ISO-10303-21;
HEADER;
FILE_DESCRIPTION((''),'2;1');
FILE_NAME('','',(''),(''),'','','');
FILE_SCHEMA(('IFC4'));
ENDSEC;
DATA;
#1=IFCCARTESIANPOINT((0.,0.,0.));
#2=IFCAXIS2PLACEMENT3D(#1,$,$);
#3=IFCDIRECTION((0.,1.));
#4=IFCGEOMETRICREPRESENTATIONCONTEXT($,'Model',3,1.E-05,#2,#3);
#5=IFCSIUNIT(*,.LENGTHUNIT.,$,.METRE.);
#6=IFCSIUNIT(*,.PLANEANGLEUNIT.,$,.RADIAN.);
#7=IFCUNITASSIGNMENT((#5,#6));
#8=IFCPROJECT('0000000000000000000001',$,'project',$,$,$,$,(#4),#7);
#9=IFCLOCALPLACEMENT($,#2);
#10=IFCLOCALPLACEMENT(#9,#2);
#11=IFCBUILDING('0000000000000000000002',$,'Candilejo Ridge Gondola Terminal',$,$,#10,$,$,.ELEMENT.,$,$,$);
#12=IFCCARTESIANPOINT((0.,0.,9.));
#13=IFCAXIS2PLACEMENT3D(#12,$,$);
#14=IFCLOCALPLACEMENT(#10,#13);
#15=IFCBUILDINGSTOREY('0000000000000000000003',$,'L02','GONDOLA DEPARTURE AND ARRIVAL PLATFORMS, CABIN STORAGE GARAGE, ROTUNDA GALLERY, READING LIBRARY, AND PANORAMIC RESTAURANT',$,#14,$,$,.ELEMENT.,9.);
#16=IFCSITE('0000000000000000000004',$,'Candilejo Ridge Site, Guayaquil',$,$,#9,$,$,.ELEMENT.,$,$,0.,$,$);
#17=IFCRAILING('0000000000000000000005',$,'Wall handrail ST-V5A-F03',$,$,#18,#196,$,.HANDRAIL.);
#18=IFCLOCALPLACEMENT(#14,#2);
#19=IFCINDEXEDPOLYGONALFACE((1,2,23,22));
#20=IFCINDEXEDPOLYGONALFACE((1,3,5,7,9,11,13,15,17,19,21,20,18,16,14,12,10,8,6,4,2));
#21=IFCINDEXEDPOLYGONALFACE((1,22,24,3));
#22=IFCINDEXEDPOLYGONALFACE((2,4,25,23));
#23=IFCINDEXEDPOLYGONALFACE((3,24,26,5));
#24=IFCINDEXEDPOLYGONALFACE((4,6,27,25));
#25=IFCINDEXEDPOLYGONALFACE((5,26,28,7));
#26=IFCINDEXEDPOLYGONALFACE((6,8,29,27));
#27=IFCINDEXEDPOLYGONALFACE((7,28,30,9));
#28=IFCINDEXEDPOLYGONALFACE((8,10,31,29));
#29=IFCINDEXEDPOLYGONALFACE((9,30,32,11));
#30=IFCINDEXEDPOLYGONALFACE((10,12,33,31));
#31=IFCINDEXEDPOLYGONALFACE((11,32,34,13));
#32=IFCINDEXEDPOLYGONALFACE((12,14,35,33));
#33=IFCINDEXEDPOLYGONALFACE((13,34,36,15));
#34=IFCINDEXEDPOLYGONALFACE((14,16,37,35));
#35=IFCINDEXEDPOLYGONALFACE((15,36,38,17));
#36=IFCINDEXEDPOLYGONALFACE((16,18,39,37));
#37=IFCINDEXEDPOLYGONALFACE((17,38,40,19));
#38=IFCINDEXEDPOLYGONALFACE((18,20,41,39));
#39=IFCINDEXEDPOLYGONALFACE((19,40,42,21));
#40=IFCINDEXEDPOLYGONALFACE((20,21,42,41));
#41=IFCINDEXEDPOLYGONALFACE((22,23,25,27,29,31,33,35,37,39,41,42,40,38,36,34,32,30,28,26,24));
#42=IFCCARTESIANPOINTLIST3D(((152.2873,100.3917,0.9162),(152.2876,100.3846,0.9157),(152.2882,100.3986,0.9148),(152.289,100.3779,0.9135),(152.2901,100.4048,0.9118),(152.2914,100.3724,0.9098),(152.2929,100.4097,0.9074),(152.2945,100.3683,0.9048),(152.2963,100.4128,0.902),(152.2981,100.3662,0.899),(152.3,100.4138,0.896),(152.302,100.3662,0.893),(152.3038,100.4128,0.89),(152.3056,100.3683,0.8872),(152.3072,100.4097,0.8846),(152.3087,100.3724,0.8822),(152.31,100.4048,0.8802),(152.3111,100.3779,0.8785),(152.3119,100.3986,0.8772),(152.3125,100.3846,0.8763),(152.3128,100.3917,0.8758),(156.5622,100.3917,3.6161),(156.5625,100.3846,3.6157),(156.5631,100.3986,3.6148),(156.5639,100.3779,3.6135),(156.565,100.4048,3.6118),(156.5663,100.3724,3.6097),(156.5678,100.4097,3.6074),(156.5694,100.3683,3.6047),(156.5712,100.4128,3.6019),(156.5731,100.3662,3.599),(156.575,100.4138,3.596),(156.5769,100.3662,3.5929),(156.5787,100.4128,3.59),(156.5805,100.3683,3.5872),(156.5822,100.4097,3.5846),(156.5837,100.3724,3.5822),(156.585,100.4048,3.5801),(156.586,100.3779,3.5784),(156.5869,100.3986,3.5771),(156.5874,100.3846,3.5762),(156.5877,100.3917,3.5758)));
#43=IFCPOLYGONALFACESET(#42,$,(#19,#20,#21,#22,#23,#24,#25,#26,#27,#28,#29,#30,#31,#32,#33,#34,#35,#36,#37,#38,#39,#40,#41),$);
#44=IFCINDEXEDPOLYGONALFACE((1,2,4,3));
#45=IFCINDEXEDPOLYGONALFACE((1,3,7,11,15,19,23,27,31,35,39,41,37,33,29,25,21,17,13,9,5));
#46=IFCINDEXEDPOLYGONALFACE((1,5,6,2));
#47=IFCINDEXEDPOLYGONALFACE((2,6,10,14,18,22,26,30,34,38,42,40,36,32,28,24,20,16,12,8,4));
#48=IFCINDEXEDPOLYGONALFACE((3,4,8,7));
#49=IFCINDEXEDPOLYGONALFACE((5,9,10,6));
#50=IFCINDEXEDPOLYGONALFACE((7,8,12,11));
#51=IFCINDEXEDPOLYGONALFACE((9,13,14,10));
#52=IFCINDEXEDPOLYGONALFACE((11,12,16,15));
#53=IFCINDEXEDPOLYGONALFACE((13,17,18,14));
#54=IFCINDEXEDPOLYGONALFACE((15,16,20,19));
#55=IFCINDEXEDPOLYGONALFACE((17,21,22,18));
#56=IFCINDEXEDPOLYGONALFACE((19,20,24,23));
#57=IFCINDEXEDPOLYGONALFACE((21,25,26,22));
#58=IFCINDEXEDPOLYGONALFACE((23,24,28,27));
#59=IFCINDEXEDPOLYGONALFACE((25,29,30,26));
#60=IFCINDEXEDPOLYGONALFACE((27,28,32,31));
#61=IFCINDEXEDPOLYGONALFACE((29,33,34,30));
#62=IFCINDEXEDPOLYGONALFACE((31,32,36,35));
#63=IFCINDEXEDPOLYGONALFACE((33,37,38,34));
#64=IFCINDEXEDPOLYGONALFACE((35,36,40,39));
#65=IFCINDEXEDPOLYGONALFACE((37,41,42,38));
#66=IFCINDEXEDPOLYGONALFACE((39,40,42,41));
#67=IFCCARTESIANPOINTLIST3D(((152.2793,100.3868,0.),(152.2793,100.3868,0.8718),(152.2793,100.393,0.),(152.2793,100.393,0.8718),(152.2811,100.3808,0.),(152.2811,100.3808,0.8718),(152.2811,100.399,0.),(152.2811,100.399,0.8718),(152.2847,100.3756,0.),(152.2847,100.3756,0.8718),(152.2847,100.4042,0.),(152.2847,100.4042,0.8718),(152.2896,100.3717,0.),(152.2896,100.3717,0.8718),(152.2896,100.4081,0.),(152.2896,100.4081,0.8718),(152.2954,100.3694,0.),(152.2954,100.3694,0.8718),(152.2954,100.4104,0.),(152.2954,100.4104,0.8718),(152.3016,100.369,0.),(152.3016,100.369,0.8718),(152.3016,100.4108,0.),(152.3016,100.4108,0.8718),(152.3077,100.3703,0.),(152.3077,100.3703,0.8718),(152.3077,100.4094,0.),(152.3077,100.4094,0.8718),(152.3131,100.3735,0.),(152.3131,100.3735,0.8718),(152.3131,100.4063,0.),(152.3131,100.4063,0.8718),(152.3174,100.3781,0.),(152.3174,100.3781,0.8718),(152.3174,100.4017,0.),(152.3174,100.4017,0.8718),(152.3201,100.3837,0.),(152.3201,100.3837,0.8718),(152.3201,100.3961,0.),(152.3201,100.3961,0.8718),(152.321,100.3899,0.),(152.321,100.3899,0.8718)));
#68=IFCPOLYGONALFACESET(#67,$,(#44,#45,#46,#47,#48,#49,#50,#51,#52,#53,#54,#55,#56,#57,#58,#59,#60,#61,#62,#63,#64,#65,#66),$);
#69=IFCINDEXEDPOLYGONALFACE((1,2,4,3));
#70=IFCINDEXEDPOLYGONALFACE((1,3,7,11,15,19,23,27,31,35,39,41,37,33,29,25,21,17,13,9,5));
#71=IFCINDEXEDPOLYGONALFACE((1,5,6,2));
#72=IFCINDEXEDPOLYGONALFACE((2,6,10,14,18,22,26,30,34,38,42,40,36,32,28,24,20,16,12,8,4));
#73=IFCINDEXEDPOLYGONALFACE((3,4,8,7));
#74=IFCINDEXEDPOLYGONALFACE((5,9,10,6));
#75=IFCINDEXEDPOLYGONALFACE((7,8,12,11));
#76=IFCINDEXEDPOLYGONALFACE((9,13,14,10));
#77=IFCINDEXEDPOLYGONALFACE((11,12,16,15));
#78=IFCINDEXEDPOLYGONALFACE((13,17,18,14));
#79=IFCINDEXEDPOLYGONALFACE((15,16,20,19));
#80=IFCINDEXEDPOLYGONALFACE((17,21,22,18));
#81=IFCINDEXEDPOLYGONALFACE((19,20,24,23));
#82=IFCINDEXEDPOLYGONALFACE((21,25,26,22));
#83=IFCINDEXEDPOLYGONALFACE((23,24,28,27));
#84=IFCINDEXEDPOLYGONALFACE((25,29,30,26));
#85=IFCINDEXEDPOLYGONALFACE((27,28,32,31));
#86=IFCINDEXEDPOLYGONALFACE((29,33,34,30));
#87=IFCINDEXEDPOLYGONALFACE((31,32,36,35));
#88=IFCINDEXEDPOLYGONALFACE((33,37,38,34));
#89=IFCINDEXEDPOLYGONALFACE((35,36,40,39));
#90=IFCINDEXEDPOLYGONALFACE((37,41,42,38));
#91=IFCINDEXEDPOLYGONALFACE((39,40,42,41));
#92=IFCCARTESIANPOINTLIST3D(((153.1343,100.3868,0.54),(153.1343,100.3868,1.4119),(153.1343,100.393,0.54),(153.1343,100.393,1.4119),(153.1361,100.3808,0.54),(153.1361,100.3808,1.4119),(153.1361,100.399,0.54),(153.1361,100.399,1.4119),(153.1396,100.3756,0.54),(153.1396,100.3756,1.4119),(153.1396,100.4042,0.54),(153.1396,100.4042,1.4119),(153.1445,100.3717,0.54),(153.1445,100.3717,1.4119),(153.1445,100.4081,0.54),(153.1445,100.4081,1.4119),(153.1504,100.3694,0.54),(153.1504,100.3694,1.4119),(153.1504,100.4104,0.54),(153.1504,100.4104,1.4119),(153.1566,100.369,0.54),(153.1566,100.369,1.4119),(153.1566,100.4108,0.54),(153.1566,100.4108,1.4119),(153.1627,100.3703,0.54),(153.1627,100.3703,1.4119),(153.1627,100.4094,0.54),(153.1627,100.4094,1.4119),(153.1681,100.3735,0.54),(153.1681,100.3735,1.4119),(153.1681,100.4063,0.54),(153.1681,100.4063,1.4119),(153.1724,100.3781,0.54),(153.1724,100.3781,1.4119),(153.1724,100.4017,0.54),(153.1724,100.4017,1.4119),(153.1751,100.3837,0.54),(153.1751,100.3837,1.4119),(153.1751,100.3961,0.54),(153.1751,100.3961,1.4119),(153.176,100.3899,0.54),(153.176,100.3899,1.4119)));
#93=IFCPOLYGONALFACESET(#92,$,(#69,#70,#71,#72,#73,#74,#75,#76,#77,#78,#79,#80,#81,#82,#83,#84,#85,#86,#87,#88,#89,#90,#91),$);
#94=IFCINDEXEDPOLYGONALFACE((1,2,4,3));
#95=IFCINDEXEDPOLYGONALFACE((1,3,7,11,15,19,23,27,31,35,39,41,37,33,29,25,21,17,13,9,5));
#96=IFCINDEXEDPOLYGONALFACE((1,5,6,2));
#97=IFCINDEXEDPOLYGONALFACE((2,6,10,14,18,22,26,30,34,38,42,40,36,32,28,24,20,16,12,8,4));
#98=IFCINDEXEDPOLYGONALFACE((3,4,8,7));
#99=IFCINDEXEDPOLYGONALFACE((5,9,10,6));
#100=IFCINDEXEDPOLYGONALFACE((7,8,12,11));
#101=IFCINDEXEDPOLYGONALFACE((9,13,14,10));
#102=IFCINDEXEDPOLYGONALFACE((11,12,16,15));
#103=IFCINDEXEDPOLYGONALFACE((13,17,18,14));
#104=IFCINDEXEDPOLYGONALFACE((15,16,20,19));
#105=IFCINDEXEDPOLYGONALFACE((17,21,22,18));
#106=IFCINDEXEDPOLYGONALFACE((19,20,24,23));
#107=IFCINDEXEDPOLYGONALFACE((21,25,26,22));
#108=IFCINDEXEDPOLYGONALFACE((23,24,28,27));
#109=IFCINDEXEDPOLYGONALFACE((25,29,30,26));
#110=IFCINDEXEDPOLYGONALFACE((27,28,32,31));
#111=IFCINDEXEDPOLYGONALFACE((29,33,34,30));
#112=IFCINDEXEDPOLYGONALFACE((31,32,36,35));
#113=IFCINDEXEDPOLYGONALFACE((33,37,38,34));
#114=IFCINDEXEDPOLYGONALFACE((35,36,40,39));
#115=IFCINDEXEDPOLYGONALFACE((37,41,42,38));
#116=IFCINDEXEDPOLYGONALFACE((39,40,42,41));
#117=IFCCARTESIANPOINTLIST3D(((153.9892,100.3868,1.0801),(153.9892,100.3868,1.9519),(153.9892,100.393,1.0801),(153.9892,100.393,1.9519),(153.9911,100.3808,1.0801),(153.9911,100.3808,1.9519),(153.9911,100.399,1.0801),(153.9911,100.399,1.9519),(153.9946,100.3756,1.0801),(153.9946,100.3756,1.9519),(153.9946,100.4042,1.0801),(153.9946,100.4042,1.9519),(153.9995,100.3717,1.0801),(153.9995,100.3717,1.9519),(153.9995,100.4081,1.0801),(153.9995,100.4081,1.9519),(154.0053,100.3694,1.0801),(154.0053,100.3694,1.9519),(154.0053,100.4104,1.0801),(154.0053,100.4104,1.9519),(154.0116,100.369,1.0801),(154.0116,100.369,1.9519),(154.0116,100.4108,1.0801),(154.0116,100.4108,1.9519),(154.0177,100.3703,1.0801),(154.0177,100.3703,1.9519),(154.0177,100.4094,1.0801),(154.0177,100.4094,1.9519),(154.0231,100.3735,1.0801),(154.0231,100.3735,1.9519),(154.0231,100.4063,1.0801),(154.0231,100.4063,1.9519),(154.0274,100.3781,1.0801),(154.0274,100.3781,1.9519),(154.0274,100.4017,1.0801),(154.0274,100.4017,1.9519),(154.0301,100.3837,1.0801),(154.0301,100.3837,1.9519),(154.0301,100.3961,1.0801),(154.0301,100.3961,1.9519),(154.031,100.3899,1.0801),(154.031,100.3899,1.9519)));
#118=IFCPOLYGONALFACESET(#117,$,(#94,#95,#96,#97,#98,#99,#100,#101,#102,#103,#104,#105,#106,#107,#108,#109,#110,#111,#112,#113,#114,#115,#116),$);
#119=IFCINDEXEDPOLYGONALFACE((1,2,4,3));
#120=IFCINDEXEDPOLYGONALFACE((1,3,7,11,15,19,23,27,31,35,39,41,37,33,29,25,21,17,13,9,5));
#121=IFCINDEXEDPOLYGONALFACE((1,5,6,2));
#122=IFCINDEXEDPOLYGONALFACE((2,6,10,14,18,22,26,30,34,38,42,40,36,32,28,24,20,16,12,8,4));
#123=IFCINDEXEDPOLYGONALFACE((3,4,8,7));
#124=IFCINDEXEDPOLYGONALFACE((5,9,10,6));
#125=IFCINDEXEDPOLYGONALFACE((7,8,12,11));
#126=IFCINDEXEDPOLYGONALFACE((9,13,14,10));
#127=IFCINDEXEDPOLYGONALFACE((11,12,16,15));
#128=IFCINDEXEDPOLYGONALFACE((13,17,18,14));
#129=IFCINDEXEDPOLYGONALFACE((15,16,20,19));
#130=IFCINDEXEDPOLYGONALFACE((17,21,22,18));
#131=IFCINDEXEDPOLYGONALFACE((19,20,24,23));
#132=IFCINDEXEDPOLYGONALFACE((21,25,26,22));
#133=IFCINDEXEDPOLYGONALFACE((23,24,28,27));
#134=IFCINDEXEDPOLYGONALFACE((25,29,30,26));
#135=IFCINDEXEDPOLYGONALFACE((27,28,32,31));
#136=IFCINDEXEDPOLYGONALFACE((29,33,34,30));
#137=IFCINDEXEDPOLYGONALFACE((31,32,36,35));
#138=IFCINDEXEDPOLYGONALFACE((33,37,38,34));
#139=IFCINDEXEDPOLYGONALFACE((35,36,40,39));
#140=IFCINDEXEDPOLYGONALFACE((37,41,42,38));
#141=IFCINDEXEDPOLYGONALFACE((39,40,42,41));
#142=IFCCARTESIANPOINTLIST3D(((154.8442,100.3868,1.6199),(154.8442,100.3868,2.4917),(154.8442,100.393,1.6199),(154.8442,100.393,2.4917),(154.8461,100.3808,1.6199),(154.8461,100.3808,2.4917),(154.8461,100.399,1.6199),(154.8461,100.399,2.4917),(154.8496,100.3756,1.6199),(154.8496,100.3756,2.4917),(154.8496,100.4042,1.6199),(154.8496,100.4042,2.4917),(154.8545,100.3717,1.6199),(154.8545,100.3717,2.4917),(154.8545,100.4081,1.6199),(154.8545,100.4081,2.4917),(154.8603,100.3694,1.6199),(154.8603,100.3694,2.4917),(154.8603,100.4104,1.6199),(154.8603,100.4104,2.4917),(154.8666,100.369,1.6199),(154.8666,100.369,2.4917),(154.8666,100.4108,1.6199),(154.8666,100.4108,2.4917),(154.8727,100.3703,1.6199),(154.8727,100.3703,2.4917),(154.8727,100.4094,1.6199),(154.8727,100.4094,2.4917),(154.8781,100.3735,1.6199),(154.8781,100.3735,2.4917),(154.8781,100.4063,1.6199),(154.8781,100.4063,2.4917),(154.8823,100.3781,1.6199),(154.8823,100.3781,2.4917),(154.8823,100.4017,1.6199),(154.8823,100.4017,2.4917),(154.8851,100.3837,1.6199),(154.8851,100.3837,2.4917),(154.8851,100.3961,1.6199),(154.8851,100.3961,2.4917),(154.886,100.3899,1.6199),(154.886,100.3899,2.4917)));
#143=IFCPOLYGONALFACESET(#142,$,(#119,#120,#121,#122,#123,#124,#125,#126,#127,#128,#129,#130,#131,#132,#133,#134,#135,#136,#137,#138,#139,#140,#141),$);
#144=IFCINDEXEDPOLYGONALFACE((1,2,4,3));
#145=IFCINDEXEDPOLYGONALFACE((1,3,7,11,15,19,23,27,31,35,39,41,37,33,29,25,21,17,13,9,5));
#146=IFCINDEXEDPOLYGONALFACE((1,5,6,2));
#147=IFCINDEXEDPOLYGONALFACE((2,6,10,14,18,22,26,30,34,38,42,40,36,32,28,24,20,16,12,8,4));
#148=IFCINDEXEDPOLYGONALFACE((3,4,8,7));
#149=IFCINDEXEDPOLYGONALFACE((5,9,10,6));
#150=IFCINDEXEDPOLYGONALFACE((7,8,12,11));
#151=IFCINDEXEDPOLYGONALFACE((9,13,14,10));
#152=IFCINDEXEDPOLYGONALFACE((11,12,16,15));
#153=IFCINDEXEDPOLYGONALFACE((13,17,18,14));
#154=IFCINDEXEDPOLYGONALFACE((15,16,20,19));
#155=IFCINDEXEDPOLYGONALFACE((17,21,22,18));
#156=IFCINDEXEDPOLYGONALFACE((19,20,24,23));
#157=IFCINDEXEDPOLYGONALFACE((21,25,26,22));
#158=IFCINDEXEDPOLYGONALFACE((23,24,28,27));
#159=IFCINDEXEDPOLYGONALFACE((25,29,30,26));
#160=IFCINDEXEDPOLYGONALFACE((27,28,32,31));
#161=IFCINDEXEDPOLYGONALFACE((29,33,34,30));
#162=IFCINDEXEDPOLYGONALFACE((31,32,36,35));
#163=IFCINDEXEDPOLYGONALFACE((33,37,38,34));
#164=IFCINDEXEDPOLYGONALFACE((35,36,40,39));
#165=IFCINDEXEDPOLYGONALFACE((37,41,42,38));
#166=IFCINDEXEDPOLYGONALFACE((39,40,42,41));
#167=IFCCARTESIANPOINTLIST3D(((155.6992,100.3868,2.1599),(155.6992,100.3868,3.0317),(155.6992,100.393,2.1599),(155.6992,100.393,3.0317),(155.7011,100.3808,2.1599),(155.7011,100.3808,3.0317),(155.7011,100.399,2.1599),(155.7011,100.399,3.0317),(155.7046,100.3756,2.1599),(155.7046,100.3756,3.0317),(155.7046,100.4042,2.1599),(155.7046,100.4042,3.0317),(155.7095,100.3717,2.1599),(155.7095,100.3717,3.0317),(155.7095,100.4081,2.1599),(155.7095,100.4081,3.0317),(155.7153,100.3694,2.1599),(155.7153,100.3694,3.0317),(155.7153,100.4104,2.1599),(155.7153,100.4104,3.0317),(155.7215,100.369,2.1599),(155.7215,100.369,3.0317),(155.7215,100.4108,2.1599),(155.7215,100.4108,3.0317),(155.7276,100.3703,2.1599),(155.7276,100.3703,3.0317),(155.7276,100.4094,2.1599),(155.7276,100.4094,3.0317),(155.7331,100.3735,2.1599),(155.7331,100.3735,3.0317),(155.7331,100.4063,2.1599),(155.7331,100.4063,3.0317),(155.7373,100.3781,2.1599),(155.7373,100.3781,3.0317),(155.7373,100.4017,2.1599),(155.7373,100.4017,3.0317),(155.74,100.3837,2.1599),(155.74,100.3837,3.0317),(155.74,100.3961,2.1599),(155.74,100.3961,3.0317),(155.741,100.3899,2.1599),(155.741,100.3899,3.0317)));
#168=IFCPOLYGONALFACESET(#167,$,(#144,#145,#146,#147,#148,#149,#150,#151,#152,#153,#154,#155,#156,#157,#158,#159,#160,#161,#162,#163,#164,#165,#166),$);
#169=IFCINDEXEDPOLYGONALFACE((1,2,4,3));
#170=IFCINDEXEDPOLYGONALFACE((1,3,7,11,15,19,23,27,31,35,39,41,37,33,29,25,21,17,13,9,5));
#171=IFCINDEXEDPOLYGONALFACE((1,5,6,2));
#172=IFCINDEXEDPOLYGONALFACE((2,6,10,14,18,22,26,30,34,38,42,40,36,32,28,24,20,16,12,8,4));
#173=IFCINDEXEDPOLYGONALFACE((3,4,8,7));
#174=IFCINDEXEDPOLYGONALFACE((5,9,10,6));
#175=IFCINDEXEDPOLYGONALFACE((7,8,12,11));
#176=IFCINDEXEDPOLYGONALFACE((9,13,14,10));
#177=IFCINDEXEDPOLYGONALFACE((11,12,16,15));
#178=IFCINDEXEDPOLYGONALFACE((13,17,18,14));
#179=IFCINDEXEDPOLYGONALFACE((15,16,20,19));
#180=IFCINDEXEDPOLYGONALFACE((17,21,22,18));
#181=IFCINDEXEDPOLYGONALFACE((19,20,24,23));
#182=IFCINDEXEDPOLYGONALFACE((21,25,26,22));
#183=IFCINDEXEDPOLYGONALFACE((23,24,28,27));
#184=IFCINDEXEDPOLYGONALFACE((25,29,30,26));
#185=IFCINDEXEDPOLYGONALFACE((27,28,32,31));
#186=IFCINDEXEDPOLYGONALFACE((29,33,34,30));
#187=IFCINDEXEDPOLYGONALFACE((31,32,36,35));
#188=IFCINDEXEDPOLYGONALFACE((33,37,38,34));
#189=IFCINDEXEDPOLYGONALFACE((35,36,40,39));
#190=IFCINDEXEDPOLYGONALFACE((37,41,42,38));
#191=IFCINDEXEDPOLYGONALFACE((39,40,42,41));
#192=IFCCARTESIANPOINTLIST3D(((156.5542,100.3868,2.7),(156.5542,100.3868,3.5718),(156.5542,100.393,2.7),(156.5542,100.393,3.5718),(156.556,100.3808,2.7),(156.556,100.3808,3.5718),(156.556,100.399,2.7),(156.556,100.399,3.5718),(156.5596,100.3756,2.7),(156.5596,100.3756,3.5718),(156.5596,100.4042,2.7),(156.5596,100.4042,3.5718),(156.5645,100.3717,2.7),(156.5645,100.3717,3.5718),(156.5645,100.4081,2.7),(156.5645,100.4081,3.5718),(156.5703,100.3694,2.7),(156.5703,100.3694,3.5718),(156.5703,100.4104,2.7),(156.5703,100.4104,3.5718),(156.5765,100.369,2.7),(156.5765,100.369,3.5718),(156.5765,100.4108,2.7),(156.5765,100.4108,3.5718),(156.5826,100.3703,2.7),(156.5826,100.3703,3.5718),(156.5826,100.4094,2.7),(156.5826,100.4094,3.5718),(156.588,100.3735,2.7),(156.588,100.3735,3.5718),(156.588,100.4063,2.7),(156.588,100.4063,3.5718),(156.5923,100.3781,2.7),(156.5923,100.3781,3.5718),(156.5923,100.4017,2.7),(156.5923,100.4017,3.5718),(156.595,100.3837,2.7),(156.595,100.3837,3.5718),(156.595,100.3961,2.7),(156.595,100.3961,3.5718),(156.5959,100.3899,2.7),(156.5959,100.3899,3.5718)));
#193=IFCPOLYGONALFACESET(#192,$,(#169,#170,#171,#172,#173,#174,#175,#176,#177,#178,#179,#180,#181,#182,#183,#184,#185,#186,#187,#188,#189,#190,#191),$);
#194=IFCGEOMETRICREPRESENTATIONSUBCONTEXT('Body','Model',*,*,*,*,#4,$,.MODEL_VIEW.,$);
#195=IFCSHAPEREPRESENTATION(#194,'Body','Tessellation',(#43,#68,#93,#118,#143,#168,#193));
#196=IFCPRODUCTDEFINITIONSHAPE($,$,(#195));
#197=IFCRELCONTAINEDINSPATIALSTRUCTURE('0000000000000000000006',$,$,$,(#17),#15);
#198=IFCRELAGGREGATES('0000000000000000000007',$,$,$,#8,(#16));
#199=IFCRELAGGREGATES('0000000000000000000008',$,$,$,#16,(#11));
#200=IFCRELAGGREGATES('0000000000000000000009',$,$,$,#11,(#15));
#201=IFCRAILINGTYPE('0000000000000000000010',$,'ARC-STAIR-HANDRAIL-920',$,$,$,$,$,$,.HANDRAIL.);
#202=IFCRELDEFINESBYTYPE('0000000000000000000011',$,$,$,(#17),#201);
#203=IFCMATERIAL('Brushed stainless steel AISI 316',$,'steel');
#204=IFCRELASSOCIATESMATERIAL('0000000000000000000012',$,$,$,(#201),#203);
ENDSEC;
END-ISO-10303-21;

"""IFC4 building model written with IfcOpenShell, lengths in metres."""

from ifc_helpers import new_model, si_unit, direction, frame, origin, origin_2d, place, context, subcontext, project, spatial, circle, extrude, material, type_object, element, save


model = new_model("IFC4")

# Units and contexts
model_context = context("Model", 3, precision=1e-05, world=origin(), true_north=direction((0.0, 1.0)))
body_context = subcontext(model_context, "Body", "Model", "MODEL_VIEW")
ifc_project = project(units=[si_unit("LENGTHUNIT", "METRE"), si_unit("PLANEANGLEUNIT", "RADIAN")], contexts=[model_context])

# Site, building, storey
site_placement = place(None, origin())
site = spatial("IfcSite", under=ifc_project, at=site_placement, Name="Candilejo Ridge Site, Guayaquil", CompositionType="ELEMENT", RefElevation=0.0)
building_placement = place(site_placement, origin())
building = spatial("IfcBuilding", under=site, at=building_placement, Name="Candilejo Ridge Gondola Terminal", CompositionType="ELEMENT")
storey_placement = place(building_placement, frame((0.0, 0.0, 9.0)))
storey = spatial("IfcBuildingStorey", under=building, at=storey_placement, Name="L02", Description="GONDOLA DEPARTURE AND ARRIVAL PLATFORMS, CABIN STORAGE GARAGE, ROTUNDA GALLERY, READING LIBRARY, AND PANORAMIC RESTAURANT", CompositionType="ELEMENT", Elevation=9.0)

# Railing
ifc_material_1 = material(Name="Brushed stainless steel AISI 316", Category="steel")
railing_type_1 = type_object("IfcRailingType", Name="ARC-STAIR-HANDRAIL-920", PredefinedType="HANDRAIL", material=ifc_material_1)
railing_1_placement = place(storey_placement, frame((152.3, 100.3899, 0.0)))
element("IfcRailing", 1, at=railing_1_placement, inside=storey, type_object=railing_type_1, Name="Wall handrail ST-V5A-F03", PredefinedType="HANDRAIL", context=body_context, shape_type="SweptSolid", body=[
    extrude(circle(Radius=0.0239, at=origin_2d()), frame((0.0, 0.0, 0.896), z_axis=(0.845488, 0.0, 0.533995), x_axis=(0.0, 1.0, 0.0)), (0.0, 0.0, 1.0), 5.0562),
    extrude(circle(Radius=0.021, at=origin_2d()), origin(), (0.0, 0.0, 1.0), 0.8718),
    extrude(circle(Radius=0.021, at=origin_2d()), frame((0.855, 0.0, 0.54)), (0.0, 0.0, 1.0), 0.8718),
    extrude(circle(Radius=0.021, at=origin_2d()), frame((1.71, 0.0, 1.0801)), (0.0, 0.0, 1.0), 0.8718),
    extrude(circle(Radius=0.021, at=origin_2d()), frame((2.5649, 0.0, 1.6199)), (0.0, 0.0, 1.0), 0.8718),
    extrude(circle(Radius=0.021, at=origin_2d()), frame((3.4199, 0.0, 2.1599)), (0.0, 0.0, 1.0), 0.8718),
    extrude(circle(Radius=0.021, at=origin_2d()), frame((4.2749, 0.0, 2.7)), (0.0, 0.0, 1.0), 0.8718),
])

save(model, "model.ifc")
